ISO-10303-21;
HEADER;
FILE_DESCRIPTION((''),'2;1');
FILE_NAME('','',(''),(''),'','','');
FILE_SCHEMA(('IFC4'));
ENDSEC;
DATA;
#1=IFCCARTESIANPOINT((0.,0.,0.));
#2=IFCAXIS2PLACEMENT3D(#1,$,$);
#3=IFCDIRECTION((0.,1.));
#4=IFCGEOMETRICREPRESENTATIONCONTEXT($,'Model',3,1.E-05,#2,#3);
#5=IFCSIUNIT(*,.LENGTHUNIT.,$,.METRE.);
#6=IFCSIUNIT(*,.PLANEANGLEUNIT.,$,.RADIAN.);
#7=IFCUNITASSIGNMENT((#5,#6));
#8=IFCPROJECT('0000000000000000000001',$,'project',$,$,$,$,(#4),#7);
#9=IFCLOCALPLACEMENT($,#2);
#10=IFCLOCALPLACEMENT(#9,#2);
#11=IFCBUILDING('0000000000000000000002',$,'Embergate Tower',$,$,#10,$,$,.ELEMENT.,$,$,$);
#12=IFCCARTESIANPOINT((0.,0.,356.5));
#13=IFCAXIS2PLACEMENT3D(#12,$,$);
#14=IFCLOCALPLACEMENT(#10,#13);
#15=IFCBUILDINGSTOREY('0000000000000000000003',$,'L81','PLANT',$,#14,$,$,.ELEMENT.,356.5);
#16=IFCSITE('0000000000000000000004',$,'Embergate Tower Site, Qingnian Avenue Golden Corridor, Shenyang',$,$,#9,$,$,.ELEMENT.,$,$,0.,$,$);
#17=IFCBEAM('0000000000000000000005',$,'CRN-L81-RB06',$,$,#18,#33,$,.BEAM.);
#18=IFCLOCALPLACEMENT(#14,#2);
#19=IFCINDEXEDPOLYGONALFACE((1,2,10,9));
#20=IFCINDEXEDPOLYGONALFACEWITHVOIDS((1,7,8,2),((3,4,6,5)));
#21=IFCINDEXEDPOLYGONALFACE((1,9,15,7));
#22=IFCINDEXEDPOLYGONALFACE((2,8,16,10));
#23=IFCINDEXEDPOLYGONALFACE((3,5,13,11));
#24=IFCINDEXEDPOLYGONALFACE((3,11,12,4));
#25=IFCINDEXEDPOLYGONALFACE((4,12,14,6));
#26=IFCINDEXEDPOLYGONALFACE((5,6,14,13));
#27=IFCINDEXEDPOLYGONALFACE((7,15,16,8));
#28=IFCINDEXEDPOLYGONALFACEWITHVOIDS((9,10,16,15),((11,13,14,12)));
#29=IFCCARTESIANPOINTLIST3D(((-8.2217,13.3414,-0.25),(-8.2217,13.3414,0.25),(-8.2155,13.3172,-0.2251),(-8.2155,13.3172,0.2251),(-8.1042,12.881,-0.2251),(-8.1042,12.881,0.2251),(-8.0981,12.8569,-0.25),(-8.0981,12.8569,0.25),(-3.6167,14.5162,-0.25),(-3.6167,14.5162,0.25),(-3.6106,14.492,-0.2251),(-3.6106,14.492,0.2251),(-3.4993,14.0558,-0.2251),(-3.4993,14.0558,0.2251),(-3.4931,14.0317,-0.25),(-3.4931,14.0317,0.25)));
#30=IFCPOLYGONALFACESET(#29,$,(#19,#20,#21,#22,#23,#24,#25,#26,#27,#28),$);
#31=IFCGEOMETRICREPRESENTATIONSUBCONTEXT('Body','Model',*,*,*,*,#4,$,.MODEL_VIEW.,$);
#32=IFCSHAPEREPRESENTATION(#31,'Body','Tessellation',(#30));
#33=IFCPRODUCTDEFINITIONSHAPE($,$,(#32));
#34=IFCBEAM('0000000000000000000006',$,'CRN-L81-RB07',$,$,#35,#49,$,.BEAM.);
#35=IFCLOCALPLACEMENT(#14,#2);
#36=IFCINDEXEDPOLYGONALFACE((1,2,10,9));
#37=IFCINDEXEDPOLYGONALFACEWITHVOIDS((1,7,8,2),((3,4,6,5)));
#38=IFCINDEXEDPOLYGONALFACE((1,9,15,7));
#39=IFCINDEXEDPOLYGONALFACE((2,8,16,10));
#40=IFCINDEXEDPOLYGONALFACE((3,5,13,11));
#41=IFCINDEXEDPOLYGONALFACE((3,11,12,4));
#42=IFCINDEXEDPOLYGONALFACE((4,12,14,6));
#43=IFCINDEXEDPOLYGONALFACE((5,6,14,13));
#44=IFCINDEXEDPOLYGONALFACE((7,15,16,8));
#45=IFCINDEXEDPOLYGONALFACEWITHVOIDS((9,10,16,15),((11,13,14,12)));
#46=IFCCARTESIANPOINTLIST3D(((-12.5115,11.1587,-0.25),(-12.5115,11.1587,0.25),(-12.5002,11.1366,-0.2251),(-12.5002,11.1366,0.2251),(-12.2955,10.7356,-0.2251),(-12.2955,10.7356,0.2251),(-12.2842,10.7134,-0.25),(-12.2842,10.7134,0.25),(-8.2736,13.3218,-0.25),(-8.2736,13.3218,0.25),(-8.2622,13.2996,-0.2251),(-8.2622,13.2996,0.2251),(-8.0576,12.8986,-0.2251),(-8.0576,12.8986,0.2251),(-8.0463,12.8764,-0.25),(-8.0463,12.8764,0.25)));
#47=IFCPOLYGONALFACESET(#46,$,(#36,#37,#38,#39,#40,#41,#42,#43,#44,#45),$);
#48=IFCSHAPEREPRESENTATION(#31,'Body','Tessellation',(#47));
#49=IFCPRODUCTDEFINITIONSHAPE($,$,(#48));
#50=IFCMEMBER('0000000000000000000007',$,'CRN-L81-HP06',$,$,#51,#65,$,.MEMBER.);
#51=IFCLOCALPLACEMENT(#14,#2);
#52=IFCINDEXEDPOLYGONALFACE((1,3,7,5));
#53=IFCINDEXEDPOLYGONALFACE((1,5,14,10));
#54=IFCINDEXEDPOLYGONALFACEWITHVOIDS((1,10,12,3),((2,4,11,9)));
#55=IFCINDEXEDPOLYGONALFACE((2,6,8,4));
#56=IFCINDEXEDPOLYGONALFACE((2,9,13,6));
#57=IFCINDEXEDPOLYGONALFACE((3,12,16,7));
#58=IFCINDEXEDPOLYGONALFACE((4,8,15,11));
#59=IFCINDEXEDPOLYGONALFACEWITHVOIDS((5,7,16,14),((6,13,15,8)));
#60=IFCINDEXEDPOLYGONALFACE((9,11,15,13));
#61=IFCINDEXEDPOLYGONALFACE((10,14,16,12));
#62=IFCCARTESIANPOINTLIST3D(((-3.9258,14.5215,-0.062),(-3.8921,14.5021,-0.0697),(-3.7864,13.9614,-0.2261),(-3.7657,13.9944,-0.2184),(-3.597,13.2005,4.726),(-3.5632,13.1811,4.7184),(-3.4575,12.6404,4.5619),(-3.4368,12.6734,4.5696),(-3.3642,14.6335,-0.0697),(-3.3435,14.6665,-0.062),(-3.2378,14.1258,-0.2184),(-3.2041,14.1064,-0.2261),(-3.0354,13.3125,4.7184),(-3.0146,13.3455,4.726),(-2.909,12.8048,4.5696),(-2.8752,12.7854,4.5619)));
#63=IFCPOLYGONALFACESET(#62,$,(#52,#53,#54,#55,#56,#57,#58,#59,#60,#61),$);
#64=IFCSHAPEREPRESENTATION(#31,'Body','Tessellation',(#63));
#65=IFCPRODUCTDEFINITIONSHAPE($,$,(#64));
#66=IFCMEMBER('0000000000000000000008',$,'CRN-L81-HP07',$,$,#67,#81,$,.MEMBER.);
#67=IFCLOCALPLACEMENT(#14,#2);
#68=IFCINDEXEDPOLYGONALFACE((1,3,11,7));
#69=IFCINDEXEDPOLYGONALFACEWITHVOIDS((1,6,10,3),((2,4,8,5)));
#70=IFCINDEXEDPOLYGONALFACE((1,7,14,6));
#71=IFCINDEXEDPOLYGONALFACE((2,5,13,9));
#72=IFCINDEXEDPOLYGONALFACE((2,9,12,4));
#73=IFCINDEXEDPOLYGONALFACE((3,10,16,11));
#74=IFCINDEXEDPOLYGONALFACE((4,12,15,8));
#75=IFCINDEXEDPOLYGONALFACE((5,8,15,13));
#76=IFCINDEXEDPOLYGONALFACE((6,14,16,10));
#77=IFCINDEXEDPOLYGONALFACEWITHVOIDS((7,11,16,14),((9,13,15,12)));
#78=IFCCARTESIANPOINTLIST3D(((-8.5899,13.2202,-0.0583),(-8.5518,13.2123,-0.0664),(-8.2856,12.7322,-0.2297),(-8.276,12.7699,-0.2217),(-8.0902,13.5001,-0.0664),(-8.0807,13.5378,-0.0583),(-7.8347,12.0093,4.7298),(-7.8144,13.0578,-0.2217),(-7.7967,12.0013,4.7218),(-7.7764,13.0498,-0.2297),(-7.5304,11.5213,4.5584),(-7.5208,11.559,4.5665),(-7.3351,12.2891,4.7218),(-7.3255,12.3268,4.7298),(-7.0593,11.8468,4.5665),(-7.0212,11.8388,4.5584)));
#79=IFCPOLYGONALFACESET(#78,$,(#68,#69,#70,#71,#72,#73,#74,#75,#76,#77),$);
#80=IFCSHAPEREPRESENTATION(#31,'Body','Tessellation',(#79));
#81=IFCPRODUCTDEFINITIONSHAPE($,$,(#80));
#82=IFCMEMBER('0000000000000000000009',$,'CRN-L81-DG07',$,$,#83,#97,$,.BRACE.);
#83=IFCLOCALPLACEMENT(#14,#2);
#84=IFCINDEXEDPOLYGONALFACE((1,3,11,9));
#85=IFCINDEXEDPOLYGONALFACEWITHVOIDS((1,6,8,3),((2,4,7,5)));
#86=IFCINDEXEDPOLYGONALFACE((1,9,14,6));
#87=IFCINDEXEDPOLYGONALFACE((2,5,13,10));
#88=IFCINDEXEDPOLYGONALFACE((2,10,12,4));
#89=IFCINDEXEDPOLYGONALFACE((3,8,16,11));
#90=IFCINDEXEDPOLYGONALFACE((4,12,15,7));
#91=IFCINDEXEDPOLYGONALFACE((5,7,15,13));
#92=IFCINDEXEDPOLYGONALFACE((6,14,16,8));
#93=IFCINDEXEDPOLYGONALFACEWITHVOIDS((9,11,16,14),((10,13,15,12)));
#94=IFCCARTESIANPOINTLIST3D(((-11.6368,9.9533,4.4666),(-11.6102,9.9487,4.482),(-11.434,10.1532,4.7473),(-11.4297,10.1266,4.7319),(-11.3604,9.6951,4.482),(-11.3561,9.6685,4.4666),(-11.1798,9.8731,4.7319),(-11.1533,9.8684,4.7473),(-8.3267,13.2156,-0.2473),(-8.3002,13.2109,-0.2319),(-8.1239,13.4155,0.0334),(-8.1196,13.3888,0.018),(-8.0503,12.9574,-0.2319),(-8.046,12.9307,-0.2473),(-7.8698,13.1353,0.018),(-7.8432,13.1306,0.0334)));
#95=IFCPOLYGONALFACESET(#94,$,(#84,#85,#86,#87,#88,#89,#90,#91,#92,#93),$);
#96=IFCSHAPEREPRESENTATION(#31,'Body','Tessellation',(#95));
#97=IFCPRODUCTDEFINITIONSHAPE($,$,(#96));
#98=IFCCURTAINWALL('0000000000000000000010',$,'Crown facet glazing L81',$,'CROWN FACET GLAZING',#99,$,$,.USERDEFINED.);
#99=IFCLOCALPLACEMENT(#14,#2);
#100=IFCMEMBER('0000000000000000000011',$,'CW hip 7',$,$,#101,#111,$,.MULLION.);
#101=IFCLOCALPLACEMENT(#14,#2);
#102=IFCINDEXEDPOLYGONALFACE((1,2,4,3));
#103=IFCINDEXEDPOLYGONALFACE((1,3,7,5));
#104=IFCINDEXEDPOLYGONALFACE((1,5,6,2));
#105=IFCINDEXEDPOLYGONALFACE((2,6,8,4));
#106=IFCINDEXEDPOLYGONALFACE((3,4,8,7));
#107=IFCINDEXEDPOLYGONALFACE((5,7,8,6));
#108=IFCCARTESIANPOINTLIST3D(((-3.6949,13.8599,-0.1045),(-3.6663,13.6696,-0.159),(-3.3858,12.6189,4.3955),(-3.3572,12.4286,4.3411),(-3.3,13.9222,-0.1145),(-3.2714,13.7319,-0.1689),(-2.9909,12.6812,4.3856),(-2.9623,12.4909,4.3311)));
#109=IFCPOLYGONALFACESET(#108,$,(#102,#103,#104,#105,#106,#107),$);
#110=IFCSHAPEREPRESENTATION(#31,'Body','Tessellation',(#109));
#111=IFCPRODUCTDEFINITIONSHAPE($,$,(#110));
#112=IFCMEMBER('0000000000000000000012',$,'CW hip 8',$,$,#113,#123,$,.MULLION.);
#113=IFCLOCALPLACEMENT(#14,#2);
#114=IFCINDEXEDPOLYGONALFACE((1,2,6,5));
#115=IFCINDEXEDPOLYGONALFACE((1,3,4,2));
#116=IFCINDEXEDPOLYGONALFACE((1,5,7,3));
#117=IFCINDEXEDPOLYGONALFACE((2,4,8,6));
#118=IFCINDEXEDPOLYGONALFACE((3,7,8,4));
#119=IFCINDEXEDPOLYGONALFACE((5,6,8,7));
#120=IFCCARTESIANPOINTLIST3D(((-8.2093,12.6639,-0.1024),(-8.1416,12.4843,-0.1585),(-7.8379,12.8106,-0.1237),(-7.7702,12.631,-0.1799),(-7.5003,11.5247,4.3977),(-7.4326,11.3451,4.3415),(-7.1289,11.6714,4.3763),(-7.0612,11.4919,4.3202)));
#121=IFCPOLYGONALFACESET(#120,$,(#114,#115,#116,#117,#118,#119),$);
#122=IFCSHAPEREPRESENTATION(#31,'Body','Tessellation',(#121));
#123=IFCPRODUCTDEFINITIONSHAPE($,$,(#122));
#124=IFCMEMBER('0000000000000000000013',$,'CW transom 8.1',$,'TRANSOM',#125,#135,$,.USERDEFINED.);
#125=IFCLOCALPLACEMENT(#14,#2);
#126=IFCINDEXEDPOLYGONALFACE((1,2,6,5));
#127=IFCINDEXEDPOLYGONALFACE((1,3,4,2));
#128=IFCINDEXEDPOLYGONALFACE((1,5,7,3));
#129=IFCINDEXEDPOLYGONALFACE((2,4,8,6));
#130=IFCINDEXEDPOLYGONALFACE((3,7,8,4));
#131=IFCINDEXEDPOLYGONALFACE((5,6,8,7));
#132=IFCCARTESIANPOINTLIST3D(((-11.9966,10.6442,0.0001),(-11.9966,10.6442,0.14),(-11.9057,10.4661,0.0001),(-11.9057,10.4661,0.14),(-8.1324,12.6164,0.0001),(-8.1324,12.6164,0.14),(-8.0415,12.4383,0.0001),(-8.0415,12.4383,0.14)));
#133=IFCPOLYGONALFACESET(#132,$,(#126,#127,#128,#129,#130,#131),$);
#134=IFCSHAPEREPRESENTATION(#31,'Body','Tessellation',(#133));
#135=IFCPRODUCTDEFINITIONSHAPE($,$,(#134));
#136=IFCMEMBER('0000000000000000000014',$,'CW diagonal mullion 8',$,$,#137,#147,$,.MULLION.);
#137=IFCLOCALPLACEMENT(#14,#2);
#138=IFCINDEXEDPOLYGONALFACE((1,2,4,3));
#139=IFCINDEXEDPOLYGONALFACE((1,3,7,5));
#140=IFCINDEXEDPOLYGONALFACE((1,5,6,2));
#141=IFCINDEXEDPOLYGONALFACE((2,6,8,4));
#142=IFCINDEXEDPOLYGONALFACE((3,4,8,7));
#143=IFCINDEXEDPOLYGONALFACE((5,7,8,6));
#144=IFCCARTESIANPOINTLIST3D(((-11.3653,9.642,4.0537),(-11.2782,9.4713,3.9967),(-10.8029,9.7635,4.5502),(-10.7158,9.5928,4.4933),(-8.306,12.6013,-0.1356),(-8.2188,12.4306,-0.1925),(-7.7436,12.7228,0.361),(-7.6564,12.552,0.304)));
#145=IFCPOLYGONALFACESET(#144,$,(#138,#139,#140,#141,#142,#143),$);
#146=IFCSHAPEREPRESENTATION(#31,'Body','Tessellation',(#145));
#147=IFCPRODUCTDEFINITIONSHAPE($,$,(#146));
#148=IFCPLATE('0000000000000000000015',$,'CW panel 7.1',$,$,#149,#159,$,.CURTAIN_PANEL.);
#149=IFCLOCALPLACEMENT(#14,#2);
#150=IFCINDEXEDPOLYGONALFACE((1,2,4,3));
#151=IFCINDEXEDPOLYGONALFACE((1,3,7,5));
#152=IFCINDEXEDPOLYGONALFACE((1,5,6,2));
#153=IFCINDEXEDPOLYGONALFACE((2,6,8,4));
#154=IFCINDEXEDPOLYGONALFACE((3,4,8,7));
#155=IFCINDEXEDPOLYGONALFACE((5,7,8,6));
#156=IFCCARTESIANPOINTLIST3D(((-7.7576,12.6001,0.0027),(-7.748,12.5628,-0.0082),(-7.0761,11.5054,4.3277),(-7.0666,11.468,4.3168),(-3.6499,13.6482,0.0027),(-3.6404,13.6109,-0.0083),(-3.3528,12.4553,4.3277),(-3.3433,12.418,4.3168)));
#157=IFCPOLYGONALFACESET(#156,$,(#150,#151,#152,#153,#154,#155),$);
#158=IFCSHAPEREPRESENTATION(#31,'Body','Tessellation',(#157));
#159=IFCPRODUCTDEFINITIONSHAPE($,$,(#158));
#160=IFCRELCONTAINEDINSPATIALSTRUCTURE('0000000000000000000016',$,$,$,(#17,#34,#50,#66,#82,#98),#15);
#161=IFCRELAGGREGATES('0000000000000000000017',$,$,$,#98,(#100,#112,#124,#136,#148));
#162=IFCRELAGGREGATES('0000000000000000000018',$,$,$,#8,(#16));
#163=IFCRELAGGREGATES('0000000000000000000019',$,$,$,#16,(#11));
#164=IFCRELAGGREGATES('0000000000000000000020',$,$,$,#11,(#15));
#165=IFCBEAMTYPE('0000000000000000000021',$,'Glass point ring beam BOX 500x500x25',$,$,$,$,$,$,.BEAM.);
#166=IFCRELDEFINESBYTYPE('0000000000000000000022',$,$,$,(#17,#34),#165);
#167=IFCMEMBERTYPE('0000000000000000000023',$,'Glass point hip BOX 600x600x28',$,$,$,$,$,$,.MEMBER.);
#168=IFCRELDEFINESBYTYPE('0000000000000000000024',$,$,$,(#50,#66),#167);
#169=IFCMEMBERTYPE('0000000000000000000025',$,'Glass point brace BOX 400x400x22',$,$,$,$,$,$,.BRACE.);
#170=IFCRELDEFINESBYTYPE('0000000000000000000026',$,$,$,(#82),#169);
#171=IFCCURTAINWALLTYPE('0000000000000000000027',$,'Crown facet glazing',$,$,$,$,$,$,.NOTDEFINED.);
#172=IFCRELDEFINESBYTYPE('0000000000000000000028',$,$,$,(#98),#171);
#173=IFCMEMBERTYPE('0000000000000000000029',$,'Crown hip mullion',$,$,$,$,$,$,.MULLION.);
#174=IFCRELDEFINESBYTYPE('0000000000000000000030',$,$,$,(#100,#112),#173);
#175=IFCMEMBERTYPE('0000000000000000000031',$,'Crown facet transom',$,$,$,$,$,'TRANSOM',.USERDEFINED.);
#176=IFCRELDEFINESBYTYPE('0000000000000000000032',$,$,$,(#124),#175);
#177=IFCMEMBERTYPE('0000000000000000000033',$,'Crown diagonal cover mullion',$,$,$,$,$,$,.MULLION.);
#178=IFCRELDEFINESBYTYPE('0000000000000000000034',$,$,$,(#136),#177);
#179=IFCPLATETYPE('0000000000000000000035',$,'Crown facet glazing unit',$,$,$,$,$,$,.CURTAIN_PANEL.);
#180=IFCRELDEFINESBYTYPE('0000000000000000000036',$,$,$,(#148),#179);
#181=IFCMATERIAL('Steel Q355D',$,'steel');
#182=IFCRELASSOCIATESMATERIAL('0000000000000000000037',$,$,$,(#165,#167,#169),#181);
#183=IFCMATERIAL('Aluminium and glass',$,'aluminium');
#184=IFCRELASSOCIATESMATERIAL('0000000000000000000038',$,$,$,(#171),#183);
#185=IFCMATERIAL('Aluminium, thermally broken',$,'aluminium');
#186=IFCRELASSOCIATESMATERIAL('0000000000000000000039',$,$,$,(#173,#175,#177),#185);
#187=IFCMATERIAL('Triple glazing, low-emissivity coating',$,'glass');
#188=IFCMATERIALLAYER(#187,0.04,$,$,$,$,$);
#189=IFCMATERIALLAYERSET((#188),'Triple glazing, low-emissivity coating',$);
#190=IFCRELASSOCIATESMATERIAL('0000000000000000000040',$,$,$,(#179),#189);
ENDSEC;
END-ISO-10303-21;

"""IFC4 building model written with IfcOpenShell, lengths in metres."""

from ifc_helpers import new_model, si_unit, direction, frame, origin, origin_2d, place, context, subcontext, project, spatial, polyline, rectangle, hollow_rectangle, outline, extrude, source, transform, mapped, material, layer, layer_set, material_profile, profile_set, type_object, element, aggregate, save


model = new_model("IFC4")

# Units and contexts
model_context = context("Model", 3, precision=1e-05, world=origin(), true_north=direction((0.0, 1.0)))
body_context = subcontext(model_context, "Body", "Model", "MODEL_VIEW")
ifc_project = project(units=[si_unit("LENGTHUNIT", "METRE"), si_unit("PLANEANGLEUNIT", "RADIAN")], contexts=[model_context])

# Site, building, storey
site_placement = place(None, origin())
site = spatial("IfcSite", under=ifc_project, at=site_placement, Name="Embergate Tower Site, Qingnian Avenue Golden Corridor, Shenyang", CompositionType="ELEMENT", RefElevation=0.0)
building_placement = place(site_placement, origin())
building = spatial("IfcBuilding", under=site, at=building_placement, Name="Embergate Tower", CompositionType="ELEMENT")
storey_placement = place(building_placement, frame((0.0, 0.0, 356.5)))
storey = spatial("IfcBuildingStorey", under=building, at=storey_placement, Name="L81", Description="PLANT", CompositionType="ELEMENT", Elevation=356.5)

# Beams
ifc_material_1 = material(Name="Steel Q355D", Category="steel")
ifc_material_profile_1 = material_profile(ifc_material_1, hollow_rectangle(XDim=0.5, YDim=0.5, WallThickness=0.0249, at=origin_2d()), Name="BOX 500x500x25")
ifc_profile_set_1 = profile_set([ifc_material_profile_1], Name="Steel Q355 grade D")
beam_type = type_object("IfcBeamType", Name="Glass point ring beam BOX 500x500x25", PredefinedType="BEAM", material=ifc_profile_set_1)
shared_shape_1 = source(origin(), body_context, "Body", "SweptSolid", [
    extrude(hollow_rectangle(XDim=0.5, YDim=0.5, WallThickness=0.0249, at=origin_2d()), origin(), (0.0, 0.0, 1.0), 4.7524),
])
beam_1_placement = place(storey_placement, frame((-3.5549, 14.2739, 0.0), z_axis=(-0.968965, -0.247199, 0.0), x_axis=(0.247199, -0.968965, 0.0)))
element("IfcBeam", 1, at=beam_1_placement, inside=storey, type_object=beam_type, Name="CRN-L81-RB06", PredefinedType="BEAM", context=body_context, shape_type="MappedRepresentation", body=[
    mapped(shared_shape_1, transform((0.0, 0.0, 0.0))),
])
shared_shape_2 = source(origin(), body_context, "Body", "SweptSolid", [
    extrude(hollow_rectangle(XDim=0.5, YDim=0.5, WallThickness=0.0249, at=origin_2d()), origin(), (0.0, 0.0, 1.0), 4.7581),
])
beam_2_placement = place(storey_placement, frame((-8.1599, 13.0991, 0.0), z_axis=(-0.890692, -0.454607, 0.0), x_axis=(0.454607, -0.890692, 0.0)))
element("IfcBeam", 2, at=beam_2_placement, inside=storey, type_object=beam_type, Name="CRN-L81-RB07", PredefinedType="BEAM", context=body_context, shape_type="MappedRepresentation", body=[
    mapped(shared_shape_2, transform((0.0, 0.0, 0.0))),
])

# Members
ifc_material_profile_2 = material_profile(ifc_material_1, hollow_rectangle(XDim=0.6001, YDim=0.6001, WallThickness=0.0281, at=origin_2d()), Name="BOX 600x600x28")
ifc_profile_set_2 = profile_set([ifc_material_profile_2], Name="Steel Q355 grade D")
member_type_1 = type_object("IfcMemberType", Name="Glass point hip BOX 600x600x28", PredefinedType="MEMBER", material=ifc_profile_set_2)
shared_shape_3 = source(origin(), body_context, "Body", "SweptSolid", [
    extrude(hollow_rectangle(XDim=0.6001, YDim=0.6001, WallThickness=0.0281, at=origin_2d()), origin(), (0.0, 0.0, 1.0), 4.9778),
])
member_1_placement = place(storey_placement, frame((-3.5649, 14.314, -0.144), z_axis=(0.066064, -0.265384, 0.961877), x_axis=(0.970385, 0.241565, 0.0)))
element("IfcMember", 3, at=member_1_placement, inside=storey, type_object=member_type_1, Name="CRN-L81-HP06", PredefinedType="MEMBER", context=body_context, shape_type="MappedRepresentation", body=[
    mapped(shared_shape_3, transform((0.0, 0.0, 0.0))),
])
shared_shape_4 = source(origin(), body_context, "Body", "SweptSolid", [
    extrude(hollow_rectangle(XDim=0.6001, YDim=0.6001, WallThickness=0.0281, at=origin_2d()), origin(), (0.0, 0.0, 1.0), 4.9963),
])
member_2_placement = place(storey_placement, frame((-8.1831, 13.135, -0.144), z_axis=(0.151139, -0.24237, 0.958339), x_axis=(0.848536, 0.529138, 0.0)))
element("IfcMember", 4, at=member_2_placement, inside=storey, type_object=member_type_1, Name="CRN-L81-HP07", PredefinedType="MEMBER", context=body_context, shape_type="MappedRepresentation", body=[
    mapped(shared_shape_4, transform((0.0, 0.0, 0.0))),
])
ifc_material_profile_3 = material_profile(ifc_material_1, hollow_rectangle(XDim=0.3999, YDim=0.3999, WallThickness=0.022, at=origin_2d()), Name="BOX 400x400x22")
ifc_profile_set_3 = profile_set([ifc_material_profile_3], Name="Steel Q355 grade D")
member_type_2 = type_object("IfcMemberType", Name="Glass point brace BOX 400x400x22", PredefinedType="BRACE", material=ifc_profile_set_3)
shared_shape_5 = source(origin(), body_context, "Body", "SweptSolid", [
    extrude(hollow_rectangle(XDim=0.3999, YDim=0.3999, WallThickness=0.022, at=origin_2d()), origin(), (0.0, 0.0, 1.0), 6.6196),
])
member_3_placement = place(storey_placement, frame((-8.085, 13.1731, -0.1069), z_axis=(-0.50004, -0.492811, 0.712108), x_axis=(0.70194, -0.712236, 0.0)))
element("IfcMember", 5, at=member_3_placement, inside=storey, type_object=member_type_2, Name="CRN-L81-DG07", PredefinedType="BRACE", context=body_context, shape_type="MappedRepresentation", body=[
    mapped(shared_shape_5, transform((0.0, 0.0, 0.0))),
])

# Curtain wall, members, plate
ifc_material_2 = material(Name="Aluminium and glass", Category="aluminium")
curtain_wall_type = type_object("IfcCurtainWallType", Name="Crown facet glazing", PredefinedType="NOTDEFINED", material=ifc_material_2)
curtain_wall_placement = place(storey_placement, origin())
curtain_wall = element("IfcCurtainWall", 6, at=curtain_wall_placement, inside=storey, type_object=curtain_wall_type, Name="Crown facet glazing L81", ObjectType="CROWN FACET GLAZING", PredefinedType="USERDEFINED")
ifc_material_3 = material(Name="Aluminium, thermally broken", Category="aluminium")
ifc_material_profile_4 = material_profile(ifc_material_3, rectangle(XDim=0.2, YDim=0.3999, at=origin_2d()), Name="AL 400x200")
ifc_profile_set_4 = profile_set([ifc_material_profile_4], Name="Aluminium, thermally broken")
member_type_3 = type_object("IfcMemberType", Name="Crown hip mullion", PredefinedType="MULLION", material=ifc_profile_set_4)
shared_shape_6 = source(origin(), body_context, "Body", "SweptSolid", [
    extrude(rectangle(XDim=0.2, YDim=0.3999, at=origin_2d()), origin(), (0.0, 0.0, 1.0), 4.6782),
])
member_4_placement = place(storey_placement, frame((-3.4832, 13.7959, -0.1367), z_axis=(0.066069, -0.265266, 0.961909), x_axis=(-0.143269, 0.951505, 0.272237)))
member_4 = element("IfcMember", 7, at=member_4_placement, type_object=member_type_3, Name="CW hip 7", PredefinedType="MULLION", context=body_context, shape_type="MappedRepresentation", body=[
    mapped(shared_shape_6, transform((0.0, 0.0, 0.0))),
])
shared_shape_7 = source(origin(), body_context, "Body", "SweptSolid", [
    extrude(rectangle(XDim=0.2, YDim=0.3999, at=origin_2d()), origin(), (0.0, 0.0, 1.0), 4.6958),
])
member_5_placement = place(storey_placement, frame((-7.9897, 12.6475, -0.1411), z_axis=(0.150983, -0.242592, 0.958307), x_axis=(-0.338655, 0.898065, 0.280698)))
member_5 = element("IfcMember", 8, at=member_5_placement, type_object=member_type_3, Name="CW hip 8", PredefinedType="MULLION", context=body_context, shape_type="MappedRepresentation", body=[
    mapped(shared_shape_7, transform((0.0, 0.0, 0.0))),
])
ifc_material_profile_5 = material_profile(ifc_material_3, rectangle(XDim=0.2, YDim=0.1399, at=origin_2d()), Name="AL 140x200")
ifc_profile_set_5 = profile_set([ifc_material_profile_5], Name="Aluminium, thermally broken")
member_type_4 = type_object("IfcMemberType", Name="Crown facet transom", ElementType="TRANSOM", PredefinedType="USERDEFINED", material=ifc_profile_set_5)
shared_shape_8 = source(origin(), body_context, "Body", "SweptSolid", [
    extrude(rectangle(XDim=0.2, YDim=0.1399, at=origin_2d()), origin(), (0.0, 0.0, 1.0), 4.3384),
])
member_6_placement = place(storey_placement, frame((-8.0869, 12.5273, 0.0701), z_axis=(-0.890705, -0.454582, 0.0), x_axis=(0.454582, -0.890705, 0.0)))
member_6 = element("IfcMember", 9, at=member_6_placement, type_object=member_type_4, Name="CW transom 8.1", ObjectType="TRANSOM", PredefinedType="USERDEFINED", context=body_context, shape_type="MappedRepresentation", body=[
    mapped(shared_shape_8, transform((0.0, 0.0, 0.0))),
])
ifc_material_profile_6 = material_profile(ifc_material_3, rectangle(XDim=0.2, YDim=0.76, at=origin_2d()), Name="AL 760x200")
ifc_profile_set_6 = profile_set([ifc_material_profile_6], Name="Aluminium, thermally broken")
member_type_5 = type_object("IfcMemberType", Name="Crown diagonal cover mullion", PredefinedType="MULLION", material=ifc_profile_set_6)
shared_shape_9 = source(origin(), body_context, "Body", "SweptSolid", [
    extrude(rectangle(XDim=0.2, YDim=0.76, at=origin_2d()), origin(), (0.0, 0.0, 1.0), 5.9722),
])
member_7_placement = place(storey_placement, frame((-7.9812, 12.5767, 0.0842), z_axis=(-0.51227, -0.495509, 0.701463), x_axis=(-0.435847, 0.853771, 0.284804)))
member_7 = element("IfcMember", 10, at=member_7_placement, type_object=member_type_5, Name="CW diagonal mullion 8", PredefinedType="MULLION", context=body_context, shape_type="MappedRepresentation", body=[
    mapped(shared_shape_9, transform((0.0, 0.0, 0.0))),
])
ifc_material_4 = material(Name="Triple glazing, low-emissivity coating", Category="glass")
ifc_layer_1 = layer(ifc_material_4, 0.04)
ifc_layer_set_1 = layer_set([ifc_layer_1], Name="Triple glazing, low-emissivity coating")
plate_type = type_object("IfcPlateType", Name="Crown facet glazing unit", PredefinedType="CURTAIN_PANEL", material=ifc_layer_set_1)
shared_shape_10 = source(origin(), body_context, "Body", "SweptSolid", [
    extrude(outline(polyline([(0.0, 0.0), (4.2393, 0.0), (3.8496, 4.4963), (0.0071, 4.4963), (0.0, 0.0)])), origin(), (0.0, 0.0, -1.0), 0.04),
])
plate_1_placement = place(storey_placement, frame((-3.6499, 13.6482, 0.0027), z_axis=(-0.237805, 0.932043, 0.273394), x_axis=(-0.968958, -0.247225, 0.000003)))
plate_1 = element("IfcPlate", 11, at=plate_1_placement, type_object=plate_type, Name="CW panel 7.1", PredefinedType="CURTAIN_PANEL", context=body_context, shape_type="MappedRepresentation", body=[
    mapped(shared_shape_10, transform((0.0, 0.0, 0.0))),
])
aggregate(curtain_wall, [member_4, member_5, member_6, member_7, plate_1])

save(model, "model.ifc")
